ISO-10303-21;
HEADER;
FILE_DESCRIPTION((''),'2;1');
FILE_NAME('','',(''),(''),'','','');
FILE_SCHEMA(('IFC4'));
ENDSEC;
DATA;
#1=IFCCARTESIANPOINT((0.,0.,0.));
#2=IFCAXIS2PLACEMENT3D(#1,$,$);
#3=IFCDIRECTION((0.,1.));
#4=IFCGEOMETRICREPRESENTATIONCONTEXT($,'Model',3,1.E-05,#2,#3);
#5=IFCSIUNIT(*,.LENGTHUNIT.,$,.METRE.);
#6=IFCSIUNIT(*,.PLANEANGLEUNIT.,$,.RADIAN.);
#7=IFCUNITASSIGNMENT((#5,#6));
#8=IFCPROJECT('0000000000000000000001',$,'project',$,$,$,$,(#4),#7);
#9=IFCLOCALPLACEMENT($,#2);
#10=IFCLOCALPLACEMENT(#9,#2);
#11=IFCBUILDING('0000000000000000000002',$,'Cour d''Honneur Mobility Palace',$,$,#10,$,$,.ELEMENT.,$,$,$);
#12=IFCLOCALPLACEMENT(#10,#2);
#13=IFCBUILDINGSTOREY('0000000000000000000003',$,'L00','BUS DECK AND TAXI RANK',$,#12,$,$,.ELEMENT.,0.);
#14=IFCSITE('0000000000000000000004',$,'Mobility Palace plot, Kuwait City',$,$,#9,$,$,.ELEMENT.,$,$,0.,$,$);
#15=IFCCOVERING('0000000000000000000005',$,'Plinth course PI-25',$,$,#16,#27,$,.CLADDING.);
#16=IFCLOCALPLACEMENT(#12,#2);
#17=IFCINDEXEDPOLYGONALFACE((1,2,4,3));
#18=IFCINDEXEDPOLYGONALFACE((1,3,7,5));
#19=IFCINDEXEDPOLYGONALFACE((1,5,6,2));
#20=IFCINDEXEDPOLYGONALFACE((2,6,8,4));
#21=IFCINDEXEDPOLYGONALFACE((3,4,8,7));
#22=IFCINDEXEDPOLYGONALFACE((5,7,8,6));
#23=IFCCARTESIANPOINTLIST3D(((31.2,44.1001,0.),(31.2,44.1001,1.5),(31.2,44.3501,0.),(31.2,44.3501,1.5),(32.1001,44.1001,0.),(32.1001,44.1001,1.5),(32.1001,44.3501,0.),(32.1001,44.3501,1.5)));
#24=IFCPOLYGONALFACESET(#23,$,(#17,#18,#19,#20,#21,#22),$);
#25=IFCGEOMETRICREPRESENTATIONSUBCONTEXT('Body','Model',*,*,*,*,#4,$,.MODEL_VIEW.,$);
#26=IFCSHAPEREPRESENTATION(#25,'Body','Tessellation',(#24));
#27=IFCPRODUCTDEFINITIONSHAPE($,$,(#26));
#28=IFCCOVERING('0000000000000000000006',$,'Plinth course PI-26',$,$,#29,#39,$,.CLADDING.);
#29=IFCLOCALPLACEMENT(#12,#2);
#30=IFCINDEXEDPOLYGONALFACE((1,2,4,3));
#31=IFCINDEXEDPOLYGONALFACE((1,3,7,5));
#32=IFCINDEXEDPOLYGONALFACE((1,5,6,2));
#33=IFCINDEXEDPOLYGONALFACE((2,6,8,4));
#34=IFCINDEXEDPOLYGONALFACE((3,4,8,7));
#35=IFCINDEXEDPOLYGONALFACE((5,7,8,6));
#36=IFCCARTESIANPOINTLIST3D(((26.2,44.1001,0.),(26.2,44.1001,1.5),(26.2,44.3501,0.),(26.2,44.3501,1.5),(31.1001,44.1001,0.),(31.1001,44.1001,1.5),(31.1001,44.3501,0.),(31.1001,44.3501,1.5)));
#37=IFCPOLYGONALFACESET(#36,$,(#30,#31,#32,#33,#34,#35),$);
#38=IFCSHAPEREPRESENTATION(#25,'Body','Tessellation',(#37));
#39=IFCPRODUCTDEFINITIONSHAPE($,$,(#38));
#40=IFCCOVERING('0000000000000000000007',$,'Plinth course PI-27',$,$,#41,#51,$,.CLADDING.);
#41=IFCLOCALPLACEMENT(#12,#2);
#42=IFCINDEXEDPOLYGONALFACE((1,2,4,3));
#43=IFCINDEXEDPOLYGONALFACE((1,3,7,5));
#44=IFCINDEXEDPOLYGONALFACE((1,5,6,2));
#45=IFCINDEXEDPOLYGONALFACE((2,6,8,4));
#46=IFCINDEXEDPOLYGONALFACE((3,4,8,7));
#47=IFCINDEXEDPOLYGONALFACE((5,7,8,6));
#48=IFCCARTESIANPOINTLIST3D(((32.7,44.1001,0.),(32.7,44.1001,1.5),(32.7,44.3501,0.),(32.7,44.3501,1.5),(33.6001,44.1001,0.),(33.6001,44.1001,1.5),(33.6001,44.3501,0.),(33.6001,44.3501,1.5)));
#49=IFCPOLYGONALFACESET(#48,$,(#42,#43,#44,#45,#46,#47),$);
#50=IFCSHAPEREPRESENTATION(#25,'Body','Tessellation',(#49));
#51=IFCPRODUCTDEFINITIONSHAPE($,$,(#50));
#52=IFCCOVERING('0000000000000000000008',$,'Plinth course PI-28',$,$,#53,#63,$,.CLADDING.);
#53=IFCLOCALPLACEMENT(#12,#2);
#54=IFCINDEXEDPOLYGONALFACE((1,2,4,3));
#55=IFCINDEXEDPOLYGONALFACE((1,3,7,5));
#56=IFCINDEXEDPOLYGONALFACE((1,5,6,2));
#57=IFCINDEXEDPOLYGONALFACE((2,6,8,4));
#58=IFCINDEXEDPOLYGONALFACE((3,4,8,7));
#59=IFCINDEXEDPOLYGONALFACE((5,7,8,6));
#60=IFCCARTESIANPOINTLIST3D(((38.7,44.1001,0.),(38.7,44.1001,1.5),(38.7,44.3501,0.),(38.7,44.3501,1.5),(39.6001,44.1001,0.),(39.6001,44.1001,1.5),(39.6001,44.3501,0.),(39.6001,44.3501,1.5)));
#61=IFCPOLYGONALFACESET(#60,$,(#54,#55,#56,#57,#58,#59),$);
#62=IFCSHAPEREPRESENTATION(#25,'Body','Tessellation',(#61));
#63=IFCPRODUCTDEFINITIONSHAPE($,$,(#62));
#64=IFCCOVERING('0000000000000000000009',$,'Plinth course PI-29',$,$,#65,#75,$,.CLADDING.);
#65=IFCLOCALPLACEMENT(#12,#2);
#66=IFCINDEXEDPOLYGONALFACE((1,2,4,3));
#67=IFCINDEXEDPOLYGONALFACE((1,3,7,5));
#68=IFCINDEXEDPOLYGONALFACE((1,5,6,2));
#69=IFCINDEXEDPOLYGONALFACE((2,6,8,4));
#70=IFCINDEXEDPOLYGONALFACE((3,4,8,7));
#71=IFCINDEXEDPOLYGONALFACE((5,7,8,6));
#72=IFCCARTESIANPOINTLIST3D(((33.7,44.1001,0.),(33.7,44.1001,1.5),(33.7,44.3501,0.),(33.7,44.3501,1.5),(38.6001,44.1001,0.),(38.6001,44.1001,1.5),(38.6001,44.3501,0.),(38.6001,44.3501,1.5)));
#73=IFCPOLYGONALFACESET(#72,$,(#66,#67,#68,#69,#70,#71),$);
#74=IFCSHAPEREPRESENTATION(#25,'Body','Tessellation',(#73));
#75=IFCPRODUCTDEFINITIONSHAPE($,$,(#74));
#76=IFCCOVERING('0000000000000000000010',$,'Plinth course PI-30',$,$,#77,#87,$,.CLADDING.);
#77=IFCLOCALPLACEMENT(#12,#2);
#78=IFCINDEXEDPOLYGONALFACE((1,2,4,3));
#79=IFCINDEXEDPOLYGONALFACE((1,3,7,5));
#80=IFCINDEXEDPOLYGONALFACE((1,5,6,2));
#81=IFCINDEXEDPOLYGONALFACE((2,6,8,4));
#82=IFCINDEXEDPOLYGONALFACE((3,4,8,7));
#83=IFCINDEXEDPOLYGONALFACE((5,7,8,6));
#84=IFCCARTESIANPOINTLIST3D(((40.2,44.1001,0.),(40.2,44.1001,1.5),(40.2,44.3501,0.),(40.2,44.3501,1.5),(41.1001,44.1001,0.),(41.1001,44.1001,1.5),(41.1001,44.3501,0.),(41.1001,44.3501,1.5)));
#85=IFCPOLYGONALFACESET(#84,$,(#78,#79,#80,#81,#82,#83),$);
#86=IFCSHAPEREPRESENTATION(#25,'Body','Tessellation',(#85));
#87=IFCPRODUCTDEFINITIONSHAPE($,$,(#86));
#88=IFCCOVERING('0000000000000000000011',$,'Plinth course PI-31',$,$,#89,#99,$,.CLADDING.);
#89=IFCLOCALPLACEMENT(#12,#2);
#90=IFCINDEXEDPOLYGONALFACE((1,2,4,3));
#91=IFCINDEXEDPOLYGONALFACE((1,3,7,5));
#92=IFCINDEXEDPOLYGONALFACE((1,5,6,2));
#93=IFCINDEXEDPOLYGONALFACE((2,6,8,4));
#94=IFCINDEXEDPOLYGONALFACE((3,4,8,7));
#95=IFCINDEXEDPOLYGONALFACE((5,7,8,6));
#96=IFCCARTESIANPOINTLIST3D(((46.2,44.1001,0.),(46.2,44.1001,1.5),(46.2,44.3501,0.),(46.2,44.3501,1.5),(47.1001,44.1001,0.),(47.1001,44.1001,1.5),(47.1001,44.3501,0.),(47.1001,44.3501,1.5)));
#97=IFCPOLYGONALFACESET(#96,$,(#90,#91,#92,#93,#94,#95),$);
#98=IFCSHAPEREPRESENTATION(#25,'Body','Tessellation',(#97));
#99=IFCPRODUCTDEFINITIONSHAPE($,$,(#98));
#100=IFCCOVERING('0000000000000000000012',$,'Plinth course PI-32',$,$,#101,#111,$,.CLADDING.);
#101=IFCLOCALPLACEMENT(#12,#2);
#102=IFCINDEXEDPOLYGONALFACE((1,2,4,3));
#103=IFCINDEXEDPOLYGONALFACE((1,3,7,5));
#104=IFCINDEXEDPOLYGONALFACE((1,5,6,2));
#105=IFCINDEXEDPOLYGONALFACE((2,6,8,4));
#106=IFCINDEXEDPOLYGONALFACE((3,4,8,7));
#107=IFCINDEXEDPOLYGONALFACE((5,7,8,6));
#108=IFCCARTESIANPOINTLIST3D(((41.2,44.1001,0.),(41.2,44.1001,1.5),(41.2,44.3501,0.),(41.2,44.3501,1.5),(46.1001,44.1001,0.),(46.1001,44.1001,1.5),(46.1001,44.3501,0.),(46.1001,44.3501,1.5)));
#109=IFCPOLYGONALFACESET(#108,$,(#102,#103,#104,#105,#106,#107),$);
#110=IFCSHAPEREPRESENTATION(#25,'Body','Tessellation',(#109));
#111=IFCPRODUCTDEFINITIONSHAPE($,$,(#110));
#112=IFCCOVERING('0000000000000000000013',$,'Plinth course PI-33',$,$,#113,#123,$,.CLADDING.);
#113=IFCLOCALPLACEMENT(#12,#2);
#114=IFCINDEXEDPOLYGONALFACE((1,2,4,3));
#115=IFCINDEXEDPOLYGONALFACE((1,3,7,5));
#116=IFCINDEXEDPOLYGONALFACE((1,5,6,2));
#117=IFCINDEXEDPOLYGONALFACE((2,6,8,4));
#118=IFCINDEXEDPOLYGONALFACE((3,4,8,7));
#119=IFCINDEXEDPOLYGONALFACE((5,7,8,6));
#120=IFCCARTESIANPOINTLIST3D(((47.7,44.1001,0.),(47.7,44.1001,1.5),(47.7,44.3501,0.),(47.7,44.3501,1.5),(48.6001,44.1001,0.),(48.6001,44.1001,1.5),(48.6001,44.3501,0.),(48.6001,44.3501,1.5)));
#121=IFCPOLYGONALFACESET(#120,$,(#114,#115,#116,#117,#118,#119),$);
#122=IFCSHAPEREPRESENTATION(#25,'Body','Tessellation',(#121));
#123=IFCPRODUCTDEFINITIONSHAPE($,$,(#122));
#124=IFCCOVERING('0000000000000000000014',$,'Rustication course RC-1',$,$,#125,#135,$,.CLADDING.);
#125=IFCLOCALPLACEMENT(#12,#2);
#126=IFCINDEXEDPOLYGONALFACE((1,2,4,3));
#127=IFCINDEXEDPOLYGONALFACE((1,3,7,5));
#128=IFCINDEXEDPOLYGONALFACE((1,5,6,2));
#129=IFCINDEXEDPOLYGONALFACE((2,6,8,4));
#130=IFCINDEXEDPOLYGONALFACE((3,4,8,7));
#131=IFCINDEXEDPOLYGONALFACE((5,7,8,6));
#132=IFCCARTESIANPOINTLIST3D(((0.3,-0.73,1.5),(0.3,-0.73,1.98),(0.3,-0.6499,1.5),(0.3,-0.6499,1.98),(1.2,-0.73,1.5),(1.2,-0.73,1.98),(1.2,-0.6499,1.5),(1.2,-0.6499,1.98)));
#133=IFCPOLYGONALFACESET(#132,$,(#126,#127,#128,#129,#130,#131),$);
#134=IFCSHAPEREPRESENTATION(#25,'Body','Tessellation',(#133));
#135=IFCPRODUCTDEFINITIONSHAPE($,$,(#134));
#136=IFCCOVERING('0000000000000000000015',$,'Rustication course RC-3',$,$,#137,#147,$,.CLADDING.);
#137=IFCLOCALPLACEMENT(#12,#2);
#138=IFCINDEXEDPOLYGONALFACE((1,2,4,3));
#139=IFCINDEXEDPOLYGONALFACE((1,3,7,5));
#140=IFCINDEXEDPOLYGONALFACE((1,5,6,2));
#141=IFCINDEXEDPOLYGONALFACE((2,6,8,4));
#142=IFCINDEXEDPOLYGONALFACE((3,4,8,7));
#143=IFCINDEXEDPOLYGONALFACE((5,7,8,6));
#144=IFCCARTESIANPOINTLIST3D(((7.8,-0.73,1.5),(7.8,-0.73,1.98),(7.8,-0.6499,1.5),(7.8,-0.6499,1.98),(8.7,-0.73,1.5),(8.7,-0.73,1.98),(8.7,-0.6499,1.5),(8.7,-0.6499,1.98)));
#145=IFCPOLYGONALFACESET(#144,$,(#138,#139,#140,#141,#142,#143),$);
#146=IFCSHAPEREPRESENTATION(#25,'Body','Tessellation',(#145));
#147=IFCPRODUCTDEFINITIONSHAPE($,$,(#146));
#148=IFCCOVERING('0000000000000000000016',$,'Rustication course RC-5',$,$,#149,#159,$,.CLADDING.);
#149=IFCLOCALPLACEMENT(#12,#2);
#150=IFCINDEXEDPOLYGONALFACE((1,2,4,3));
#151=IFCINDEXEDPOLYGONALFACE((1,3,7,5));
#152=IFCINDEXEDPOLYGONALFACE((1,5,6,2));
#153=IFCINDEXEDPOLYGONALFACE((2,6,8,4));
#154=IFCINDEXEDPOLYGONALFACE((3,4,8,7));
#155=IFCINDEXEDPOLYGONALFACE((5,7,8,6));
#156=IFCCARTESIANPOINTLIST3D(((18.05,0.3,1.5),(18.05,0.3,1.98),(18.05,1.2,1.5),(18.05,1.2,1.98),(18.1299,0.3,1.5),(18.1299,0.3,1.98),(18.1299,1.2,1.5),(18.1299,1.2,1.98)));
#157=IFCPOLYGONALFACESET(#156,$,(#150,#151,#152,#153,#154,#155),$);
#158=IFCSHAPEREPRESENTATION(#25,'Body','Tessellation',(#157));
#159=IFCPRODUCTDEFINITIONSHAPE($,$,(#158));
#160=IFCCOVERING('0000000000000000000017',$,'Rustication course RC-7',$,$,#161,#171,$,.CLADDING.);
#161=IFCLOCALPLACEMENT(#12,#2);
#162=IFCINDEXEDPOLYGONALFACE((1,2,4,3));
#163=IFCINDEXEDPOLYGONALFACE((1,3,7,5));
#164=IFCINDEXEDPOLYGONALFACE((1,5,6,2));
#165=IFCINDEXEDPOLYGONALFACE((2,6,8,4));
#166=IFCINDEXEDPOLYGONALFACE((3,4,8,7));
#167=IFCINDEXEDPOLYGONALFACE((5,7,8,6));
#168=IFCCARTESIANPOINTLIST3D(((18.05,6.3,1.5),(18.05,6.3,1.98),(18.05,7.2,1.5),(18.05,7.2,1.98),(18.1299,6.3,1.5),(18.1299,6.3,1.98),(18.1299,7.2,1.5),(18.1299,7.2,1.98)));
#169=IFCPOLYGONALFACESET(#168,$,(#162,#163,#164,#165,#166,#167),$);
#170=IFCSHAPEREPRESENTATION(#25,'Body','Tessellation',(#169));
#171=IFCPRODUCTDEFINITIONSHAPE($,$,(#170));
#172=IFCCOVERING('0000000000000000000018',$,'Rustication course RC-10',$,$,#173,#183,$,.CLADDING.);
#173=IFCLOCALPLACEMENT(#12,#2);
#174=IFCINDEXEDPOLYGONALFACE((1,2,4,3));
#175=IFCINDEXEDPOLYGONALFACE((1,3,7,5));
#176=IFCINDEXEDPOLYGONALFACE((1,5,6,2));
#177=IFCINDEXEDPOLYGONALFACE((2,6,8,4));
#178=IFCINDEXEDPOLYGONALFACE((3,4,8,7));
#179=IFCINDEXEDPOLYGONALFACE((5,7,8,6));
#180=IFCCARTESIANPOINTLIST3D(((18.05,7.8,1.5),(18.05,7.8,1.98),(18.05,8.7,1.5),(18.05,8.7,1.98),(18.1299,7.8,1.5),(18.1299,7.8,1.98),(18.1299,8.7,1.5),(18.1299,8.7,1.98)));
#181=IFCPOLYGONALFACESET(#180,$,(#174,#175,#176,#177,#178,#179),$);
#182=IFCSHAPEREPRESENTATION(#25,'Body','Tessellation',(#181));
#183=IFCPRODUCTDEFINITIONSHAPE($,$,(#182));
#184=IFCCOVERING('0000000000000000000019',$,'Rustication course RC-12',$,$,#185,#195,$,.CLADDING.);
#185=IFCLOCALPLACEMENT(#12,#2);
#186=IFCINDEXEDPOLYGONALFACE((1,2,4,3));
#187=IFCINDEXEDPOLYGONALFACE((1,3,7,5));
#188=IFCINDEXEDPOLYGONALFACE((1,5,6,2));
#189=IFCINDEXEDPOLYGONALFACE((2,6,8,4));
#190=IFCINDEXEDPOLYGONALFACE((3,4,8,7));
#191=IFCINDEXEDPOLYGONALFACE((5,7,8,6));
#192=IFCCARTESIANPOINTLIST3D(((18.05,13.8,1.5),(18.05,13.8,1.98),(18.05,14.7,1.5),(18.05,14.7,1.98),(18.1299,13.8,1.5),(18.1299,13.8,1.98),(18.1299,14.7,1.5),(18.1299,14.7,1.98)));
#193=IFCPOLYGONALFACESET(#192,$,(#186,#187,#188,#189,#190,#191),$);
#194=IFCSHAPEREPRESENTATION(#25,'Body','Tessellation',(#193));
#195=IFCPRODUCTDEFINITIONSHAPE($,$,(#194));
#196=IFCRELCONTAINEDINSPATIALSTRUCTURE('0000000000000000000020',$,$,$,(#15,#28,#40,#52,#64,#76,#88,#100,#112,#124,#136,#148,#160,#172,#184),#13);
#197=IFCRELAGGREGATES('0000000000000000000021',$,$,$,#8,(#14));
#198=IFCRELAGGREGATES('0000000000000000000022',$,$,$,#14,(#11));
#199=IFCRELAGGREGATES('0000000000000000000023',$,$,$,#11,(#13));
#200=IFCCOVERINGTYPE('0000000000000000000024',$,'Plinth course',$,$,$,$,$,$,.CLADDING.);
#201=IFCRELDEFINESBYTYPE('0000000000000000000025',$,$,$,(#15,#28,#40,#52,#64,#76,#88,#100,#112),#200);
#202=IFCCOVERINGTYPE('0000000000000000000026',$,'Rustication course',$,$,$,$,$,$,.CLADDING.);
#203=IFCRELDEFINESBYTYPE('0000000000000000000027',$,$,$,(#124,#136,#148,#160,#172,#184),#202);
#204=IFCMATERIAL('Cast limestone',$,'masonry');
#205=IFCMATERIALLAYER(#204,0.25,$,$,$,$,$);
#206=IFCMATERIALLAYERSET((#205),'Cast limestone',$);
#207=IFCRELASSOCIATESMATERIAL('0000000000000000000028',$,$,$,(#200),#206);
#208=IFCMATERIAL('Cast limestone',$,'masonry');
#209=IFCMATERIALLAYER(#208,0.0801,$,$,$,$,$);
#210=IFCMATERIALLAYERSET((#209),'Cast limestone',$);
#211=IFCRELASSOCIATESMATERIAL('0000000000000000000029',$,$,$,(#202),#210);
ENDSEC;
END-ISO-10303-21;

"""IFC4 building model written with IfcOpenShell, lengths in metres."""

from ifc_helpers import new_model, si_unit, direction, frame, origin, place, context, subcontext, project, spatial, polyline, outline, extrude, material, layer, layer_set, type_object, element, save


model = new_model("IFC4")

# Units and contexts
model_context = context("Model", 3, precision=1e-05, world=origin(), true_north=direction((0.0, 1.0)))
body_context = subcontext(model_context, "Body", "Model", "MODEL_VIEW")
ifc_project = project(units=[si_unit("LENGTHUNIT", "METRE"), si_unit("PLANEANGLEUNIT", "RADIAN")], contexts=[model_context])

# Site, building, storey
site_placement = place(None, origin())
site = spatial("IfcSite", under=ifc_project, at=site_placement, Name="Mobility Palace plot, Kuwait City", CompositionType="ELEMENT", RefElevation=0.0)
building_placement = place(site_placement, origin())
building = spatial("IfcBuilding", under=site, at=building_placement, Name="Cour d'Honneur Mobility Palace", CompositionType="ELEMENT")
storey_placement = place(building_placement, origin())
storey = spatial("IfcBuildingStorey", under=building, at=storey_placement, Name="L00", Description="BUS DECK AND TAXI RANK", CompositionType="ELEMENT", Elevation=0.0)

# Coverings
ifc_material_1 = material(Name="Cast limestone", Category="masonry")
ifc_layer_1 = layer(ifc_material_1, 0.25)
ifc_layer_set_1 = layer_set([ifc_layer_1], Name="Cast limestone")
covering_type_1 = type_object("IfcCoveringType", Name="Plinth course", PredefinedType="CLADDING", material=ifc_layer_set_1)
covering_1_placement = place(storey_placement, origin())
element("IfcCovering", 1, at=covering_1_placement, inside=storey, type_object=covering_type_1, Name="Plinth course PI-25", PredefinedType="CLADDING", context=body_context, shape_type="SweptSolid", body=[
    extrude(outline(polyline([(31.2, 44.3501), (32.1001, 44.3501), (32.1001, 44.1001), (31.2, 44.1001), (31.2, 44.3501)])), origin(), (0.0, 0.0, 1.0), 1.5),
])
covering_2_placement = place(storey_placement, origin())
element("IfcCovering", 2, at=covering_2_placement, inside=storey, type_object=covering_type_1, Name="Plinth course PI-26", PredefinedType="CLADDING", context=body_context, shape_type="SweptSolid", body=[
    extrude(outline(polyline([(26.2, 44.3501), (31.1001, 44.3501), (31.1001, 44.1001), (26.2, 44.1001), (26.2, 44.3501)])), origin(), (0.0, 0.0, 1.0), 1.5),
])
covering_3_placement = place(storey_placement, origin())
element("IfcCovering", 3, at=covering_3_placement, inside=storey, type_object=covering_type_1, Name="Plinth course PI-27", PredefinedType="CLADDING", context=body_context, shape_type="SweptSolid", body=[
    extrude(outline(polyline([(32.7, 44.3501), (33.6001, 44.3501), (33.6001, 44.1001), (32.7, 44.1001), (32.7, 44.3501)])), origin(), (0.0, 0.0, 1.0), 1.5),
])
covering_4_placement = place(storey_placement, origin())
element("IfcCovering", 4, at=covering_4_placement, inside=storey, type_object=covering_type_1, Name="Plinth course PI-28", PredefinedType="CLADDING", context=body_context, shape_type="SweptSolid", body=[
    extrude(outline(polyline([(38.7, 44.3501), (39.6001, 44.3501), (39.6001, 44.1001), (38.7, 44.1001), (38.7, 44.3501)])), origin(), (0.0, 0.0, 1.0), 1.5),
])
covering_5_placement = place(storey_placement, origin())
element("IfcCovering", 5, at=covering_5_placement, inside=storey, type_object=covering_type_1, Name="Plinth course PI-29", PredefinedType="CLADDING", context=body_context, shape_type="SweptSolid", body=[
    extrude(outline(polyline([(33.7, 44.3501), (38.6001, 44.3501), (38.6001, 44.1001), (33.7, 44.1001), (33.7, 44.3501)])), origin(), (0.0, 0.0, 1.0), 1.5),
])
covering_6_placement = place(storey_placement, origin())
element("IfcCovering", 6, at=covering_6_placement, inside=storey, type_object=covering_type_1, Name="Plinth course PI-30", PredefinedType="CLADDING", context=body_context, shape_type="SweptSolid", body=[
    extrude(outline(polyline([(40.2, 44.3501), (41.1001, 44.3501), (41.1001, 44.1001), (40.2, 44.1001), (40.2, 44.3501)])), origin(), (0.0, 0.0, 1.0), 1.5),
])
covering_7_placement = place(storey_placement, origin())
element("IfcCovering", 7, at=covering_7_placement, inside=storey, type_object=covering_type_1, Name="Plinth course PI-31", PredefinedType="CLADDING", context=body_context, shape_type="SweptSolid", body=[
    extrude(outline(polyline([(46.2, 44.3501), (47.1001, 44.3501), (47.1001, 44.1001), (46.2, 44.1001), (46.2, 44.3501)])), origin(), (0.0, 0.0, 1.0), 1.5),
])
covering_8_placement = place(storey_placement, origin())
element("IfcCovering", 8, at=covering_8_placement, inside=storey, type_object=covering_type_1, Name="Plinth course PI-32", PredefinedType="CLADDING", context=body_context, shape_type="SweptSolid", body=[
    extrude(outline(polyline([(41.2, 44.3501), (46.1001, 44.3501), (46.1001, 44.1001), (41.2, 44.1001), (41.2, 44.3501)])), origin(), (0.0, 0.0, 1.0), 1.5),
])
covering_9_placement = place(storey_placement, origin())
element("IfcCovering", 9, at=covering_9_placement, inside=storey, type_object=covering_type_1, Name="Plinth course PI-33", PredefinedType="CLADDING", context=body_context, shape_type="SweptSolid", body=[
    extrude(outline(polyline([(47.7, 44.3501), (48.6001, 44.3501), (48.6001, 44.1001), (47.7, 44.1001), (47.7, 44.3501)])), origin(), (0.0, 0.0, 1.0), 1.5),
])
ifc_material_2 = material(Name="Cast limestone", Category="masonry")
ifc_layer_2 = layer(ifc_material_2, 0.0801)
ifc_layer_set_2 = layer_set([ifc_layer_2], Name="Cast limestone")
covering_type_2 = type_object("IfcCoveringType", Name="Rustication course", PredefinedType="CLADDING", material=ifc_layer_set_2)
covering_10_placement = place(storey_placement, frame((0.0, 0.0, 1.5)))
element("IfcCovering", 10, at=covering_10_placement, inside=storey, type_object=covering_type_2, Name="Rustication course RC-1", PredefinedType="CLADDING", context=body_context, shape_type="SweptSolid", body=[
    extrude(outline(polyline([(0.3, -0.6499), (1.2, -0.6499), (1.2, -0.73), (0.3, -0.73), (0.3, -0.6499)])), origin(), (0.0, 0.0, 1.0), 0.48),
])
covering_11_placement = place(storey_placement, frame((0.0, 0.0, 1.5)))
element("IfcCovering", 11, at=covering_11_placement, inside=storey, type_object=covering_type_2, Name="Rustication course RC-3", PredefinedType="CLADDING", context=body_context, shape_type="SweptSolid", body=[
    extrude(outline(polyline([(7.8, -0.6499), (8.7, -0.6499), (8.7, -0.73), (7.8, -0.73), (7.8, -0.6499)])), origin(), (0.0, 0.0, 1.0), 0.48),
])
covering_12_placement = place(storey_placement, frame((0.0, 0.0, 1.5)))
element("IfcCovering", 12, at=covering_12_placement, inside=storey, type_object=covering_type_2, Name="Rustication course RC-5", PredefinedType="CLADDING", context=body_context, shape_type="SweptSolid", body=[
    extrude(outline(polyline([(18.05, 0.3), (18.05, 1.2), (18.1299, 1.2), (18.1299, 0.3), (18.05, 0.3)])), origin(), (0.0, 0.0, 1.0), 0.48),
])
covering_13_placement = place(storey_placement, frame((0.0, 0.0, 1.5)))
element("IfcCovering", 13, at=covering_13_placement, inside=storey, type_object=covering_type_2, Name="Rustication course RC-7", PredefinedType="CLADDING", context=body_context, shape_type="SweptSolid", body=[
    extrude(outline(polyline([(18.05, 6.3), (18.05, 7.2), (18.1299, 7.2), (18.1299, 6.3), (18.05, 6.3)])), origin(), (0.0, 0.0, 1.0), 0.48),
])
covering_14_placement = place(storey_placement, frame((0.0, 0.0, 1.5)))
element("IfcCovering", 14, at=covering_14_placement, inside=storey, type_object=covering_type_2, Name="Rustication course RC-10", PredefinedType="CLADDING", context=body_context, shape_type="SweptSolid", body=[
    extrude(outline(polyline([(18.05, 7.8), (18.05, 8.7), (18.1299, 8.7), (18.1299, 7.8), (18.05, 7.8)])), origin(), (0.0, 0.0, 1.0), 0.48),
])
covering_15_placement = place(storey_placement, frame((0.0, 0.0, 1.5)))
element("IfcCovering", 15, at=covering_15_placement, inside=storey, type_object=covering_type_2, Name="Rustication course RC-12", PredefinedType="CLADDING", context=body_context, shape_type="SweptSolid", body=[
    extrude(outline(polyline([(18.05, 13.8), (18.05, 14.7), (18.1299, 14.7), (18.1299, 13.8), (18.05, 13.8)])), origin(), (0.0, 0.0, 1.0), 0.48),
])

save(model, "model.ifc")
